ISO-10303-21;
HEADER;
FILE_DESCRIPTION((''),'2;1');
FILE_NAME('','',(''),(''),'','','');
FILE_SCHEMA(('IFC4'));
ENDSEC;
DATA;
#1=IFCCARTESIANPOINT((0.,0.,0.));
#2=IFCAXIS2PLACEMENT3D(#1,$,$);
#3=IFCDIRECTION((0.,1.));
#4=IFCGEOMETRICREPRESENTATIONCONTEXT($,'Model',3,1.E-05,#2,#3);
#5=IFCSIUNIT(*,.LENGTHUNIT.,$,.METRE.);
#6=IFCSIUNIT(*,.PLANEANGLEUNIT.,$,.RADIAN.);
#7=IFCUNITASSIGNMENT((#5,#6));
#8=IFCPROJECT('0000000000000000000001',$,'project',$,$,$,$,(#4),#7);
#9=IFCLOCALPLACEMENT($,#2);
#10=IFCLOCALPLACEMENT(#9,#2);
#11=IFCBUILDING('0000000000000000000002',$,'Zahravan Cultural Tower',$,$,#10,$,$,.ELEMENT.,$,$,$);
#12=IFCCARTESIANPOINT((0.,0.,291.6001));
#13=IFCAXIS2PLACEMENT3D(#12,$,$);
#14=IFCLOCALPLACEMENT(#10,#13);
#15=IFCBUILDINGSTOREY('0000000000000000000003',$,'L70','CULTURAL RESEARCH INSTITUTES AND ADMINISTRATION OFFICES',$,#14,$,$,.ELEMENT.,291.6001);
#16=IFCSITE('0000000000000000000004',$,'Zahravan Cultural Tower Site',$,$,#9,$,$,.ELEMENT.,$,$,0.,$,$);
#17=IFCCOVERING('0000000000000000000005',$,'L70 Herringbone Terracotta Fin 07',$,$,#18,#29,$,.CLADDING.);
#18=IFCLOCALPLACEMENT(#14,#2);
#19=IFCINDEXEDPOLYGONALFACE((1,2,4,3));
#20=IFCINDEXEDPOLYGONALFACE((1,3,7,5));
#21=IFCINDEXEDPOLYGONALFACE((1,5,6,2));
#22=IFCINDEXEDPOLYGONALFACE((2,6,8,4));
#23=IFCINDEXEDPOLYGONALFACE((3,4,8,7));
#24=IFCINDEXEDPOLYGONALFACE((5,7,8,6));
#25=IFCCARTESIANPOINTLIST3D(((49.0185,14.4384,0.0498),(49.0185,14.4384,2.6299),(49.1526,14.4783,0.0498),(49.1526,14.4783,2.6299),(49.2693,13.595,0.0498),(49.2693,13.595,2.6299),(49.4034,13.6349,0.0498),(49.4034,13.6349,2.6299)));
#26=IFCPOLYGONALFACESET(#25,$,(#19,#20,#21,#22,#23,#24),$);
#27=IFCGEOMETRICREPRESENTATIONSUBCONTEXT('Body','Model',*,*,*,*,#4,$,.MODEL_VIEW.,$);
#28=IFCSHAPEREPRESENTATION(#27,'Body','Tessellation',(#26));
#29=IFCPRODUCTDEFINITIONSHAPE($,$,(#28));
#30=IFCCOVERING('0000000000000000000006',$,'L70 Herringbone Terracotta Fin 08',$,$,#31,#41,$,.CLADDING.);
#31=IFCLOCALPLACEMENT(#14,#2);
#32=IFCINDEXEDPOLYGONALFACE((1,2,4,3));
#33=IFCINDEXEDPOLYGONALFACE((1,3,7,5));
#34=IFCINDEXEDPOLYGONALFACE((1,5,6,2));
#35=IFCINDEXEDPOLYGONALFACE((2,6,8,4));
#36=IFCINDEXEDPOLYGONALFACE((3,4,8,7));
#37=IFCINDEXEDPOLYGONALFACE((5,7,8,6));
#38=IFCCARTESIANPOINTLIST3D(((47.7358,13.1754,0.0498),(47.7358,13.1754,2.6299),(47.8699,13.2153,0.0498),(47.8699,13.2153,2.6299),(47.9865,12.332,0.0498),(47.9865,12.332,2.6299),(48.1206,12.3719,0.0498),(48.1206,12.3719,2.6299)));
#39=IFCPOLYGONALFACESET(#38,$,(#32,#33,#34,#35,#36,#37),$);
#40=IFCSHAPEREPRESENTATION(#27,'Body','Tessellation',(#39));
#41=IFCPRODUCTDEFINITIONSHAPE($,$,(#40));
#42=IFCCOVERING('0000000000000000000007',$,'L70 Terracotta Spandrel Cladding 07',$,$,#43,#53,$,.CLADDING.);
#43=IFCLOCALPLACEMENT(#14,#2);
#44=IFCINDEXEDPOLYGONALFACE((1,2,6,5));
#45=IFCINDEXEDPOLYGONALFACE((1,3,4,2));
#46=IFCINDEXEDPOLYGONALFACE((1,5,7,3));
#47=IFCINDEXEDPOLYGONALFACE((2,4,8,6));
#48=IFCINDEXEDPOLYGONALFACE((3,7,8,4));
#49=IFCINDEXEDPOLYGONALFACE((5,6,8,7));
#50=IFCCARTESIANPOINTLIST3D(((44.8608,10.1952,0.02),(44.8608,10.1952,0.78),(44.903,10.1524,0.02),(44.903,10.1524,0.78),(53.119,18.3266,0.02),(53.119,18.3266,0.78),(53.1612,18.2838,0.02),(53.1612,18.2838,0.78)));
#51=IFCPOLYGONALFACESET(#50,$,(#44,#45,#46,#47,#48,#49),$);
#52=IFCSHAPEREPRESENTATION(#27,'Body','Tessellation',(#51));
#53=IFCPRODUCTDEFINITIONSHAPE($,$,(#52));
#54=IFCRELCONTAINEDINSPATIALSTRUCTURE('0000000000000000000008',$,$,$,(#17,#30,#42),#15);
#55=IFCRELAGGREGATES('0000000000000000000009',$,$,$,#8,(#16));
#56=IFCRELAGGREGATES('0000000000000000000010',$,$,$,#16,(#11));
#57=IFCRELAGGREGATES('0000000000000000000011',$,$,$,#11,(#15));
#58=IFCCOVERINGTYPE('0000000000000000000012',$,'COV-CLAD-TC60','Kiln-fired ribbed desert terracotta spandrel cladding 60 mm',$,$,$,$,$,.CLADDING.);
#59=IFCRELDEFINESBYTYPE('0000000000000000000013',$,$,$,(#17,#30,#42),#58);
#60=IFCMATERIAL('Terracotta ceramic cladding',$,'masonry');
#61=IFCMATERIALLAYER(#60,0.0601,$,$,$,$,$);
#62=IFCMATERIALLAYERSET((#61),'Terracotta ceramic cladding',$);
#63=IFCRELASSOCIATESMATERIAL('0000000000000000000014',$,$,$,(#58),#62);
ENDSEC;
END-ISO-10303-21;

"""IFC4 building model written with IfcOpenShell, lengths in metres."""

from ifc_helpers import new_model, si_unit, direction, frame, origin, origin_2d, place, context, subcontext, project, spatial, rectangle, extrude, source, transform, mapped, material, layer, layer_set, type_object, element, save


model = new_model("IFC4")

# Units and contexts
model_context = context("Model", 3, precision=1e-05, world=origin(), true_north=direction((0.0, 1.0)))
body_context = subcontext(model_context, "Body", "Model", "MODEL_VIEW")
ifc_project = project(units=[si_unit("LENGTHUNIT", "METRE"), si_unit("PLANEANGLEUNIT", "RADIAN")], contexts=[model_context])

# Site, building, storey
site_placement = place(None, origin())
site = spatial("IfcSite", under=ifc_project, at=site_placement, Name="Zahravan Cultural Tower Site", CompositionType="ELEMENT", RefElevation=0.0)
building_placement = place(site_placement, origin())
building = spatial("IfcBuilding", under=site, at=building_placement, Name="Zahravan Cultural Tower", CompositionType="ELEMENT")
storey_placement = place(building_placement, frame((0.0, 0.0, 291.6001)))
storey = spatial("IfcBuildingStorey", under=building, at=storey_placement, Name="L70", Description="CULTURAL RESEARCH INSTITUTES AND ADMINISTRATION OFFICES", CompositionType="ELEMENT", Elevation=291.6001)

# Coverings
ifc_material_1 = material(Name="Terracotta ceramic cladding", Category="masonry")
ifc_layer_1 = layer(ifc_material_1, 0.0601)
ifc_layer_set_1 = layer_set([ifc_layer_1], Name="Terracotta ceramic cladding")
covering_type = type_object("IfcCoveringType", Name="COV-CLAD-TC60", Description="Kiln-fired ribbed desert terracotta spandrel cladding 60 mm", PredefinedType="CLADDING", material=ifc_layer_set_1)
shared_shape_1 = source(origin(), body_context, "Body", "SweptSolid", [
    extrude(rectangle(XDim=0.8799, YDim=0.1399, at=origin_2d()), origin(), (0.0, 0.0, 1.0), 2.5801),
])
for number, where, z_axis, x_axis, name in (
    (1, (49.2109, 14.0366, 0.0498), (0.0, 0.0, 1.0), (0.284969, -0.958537, 0.0), "L70 Herringbone Terracotta Fin 07"),
    (2, (47.9282, 12.7737, 0.0498), (0.0, 0.0, 1.0), (0.284969, -0.958537, 0.0), "L70 Herringbone Terracotta Fin 08"),
):
    element("IfcCovering", number, at=place(storey_placement, frame(where, z_axis=z_axis, x_axis=x_axis)), inside=storey, type_object=covering_type, Name=name, PredefinedType="CLADDING", context=body_context, shape_type="MappedRepresentation", body=[
        mapped(shared_shape_1, transform((0.0, 0.0, 0.0), x_axis=(1.0, 0.0, 0.0), y_axis=(0.0, 1.0, 0.0), z_axis=(0.0, 0.0, 1.0), scale=1.0)),
    ])
shared_shape_2 = source(origin(), body_context, "Body", "SweptSolid", [
    extrude(rectangle(XDim=11.5896, YDim=0.0601, at=origin_2d()), origin(), (0.0, 0.0, 1.0), 0.76),
])
covering_placement = place(storey_placement, frame((49.011, 14.2395, 0.02), z_axis=(0.0, 0.0, 1.0), x_axis=(-0.712553, -0.701618, 0.0)))
element("IfcCovering", 3, at=covering_placement, inside=storey, type_object=covering_type, Name="L70 Terracotta Spandrel Cladding 07", PredefinedType="CLADDING", context=body_context, shape_type="MappedRepresentation", body=[
    mapped(shared_shape_2, transform((0.0, 0.0, 0.0), x_axis=(1.0, 0.0, 0.0), y_axis=(0.0, 1.0, 0.0), z_axis=(0.0, 0.0, 1.0), scale=1.0)),
])

save(model, "model.ifc")
